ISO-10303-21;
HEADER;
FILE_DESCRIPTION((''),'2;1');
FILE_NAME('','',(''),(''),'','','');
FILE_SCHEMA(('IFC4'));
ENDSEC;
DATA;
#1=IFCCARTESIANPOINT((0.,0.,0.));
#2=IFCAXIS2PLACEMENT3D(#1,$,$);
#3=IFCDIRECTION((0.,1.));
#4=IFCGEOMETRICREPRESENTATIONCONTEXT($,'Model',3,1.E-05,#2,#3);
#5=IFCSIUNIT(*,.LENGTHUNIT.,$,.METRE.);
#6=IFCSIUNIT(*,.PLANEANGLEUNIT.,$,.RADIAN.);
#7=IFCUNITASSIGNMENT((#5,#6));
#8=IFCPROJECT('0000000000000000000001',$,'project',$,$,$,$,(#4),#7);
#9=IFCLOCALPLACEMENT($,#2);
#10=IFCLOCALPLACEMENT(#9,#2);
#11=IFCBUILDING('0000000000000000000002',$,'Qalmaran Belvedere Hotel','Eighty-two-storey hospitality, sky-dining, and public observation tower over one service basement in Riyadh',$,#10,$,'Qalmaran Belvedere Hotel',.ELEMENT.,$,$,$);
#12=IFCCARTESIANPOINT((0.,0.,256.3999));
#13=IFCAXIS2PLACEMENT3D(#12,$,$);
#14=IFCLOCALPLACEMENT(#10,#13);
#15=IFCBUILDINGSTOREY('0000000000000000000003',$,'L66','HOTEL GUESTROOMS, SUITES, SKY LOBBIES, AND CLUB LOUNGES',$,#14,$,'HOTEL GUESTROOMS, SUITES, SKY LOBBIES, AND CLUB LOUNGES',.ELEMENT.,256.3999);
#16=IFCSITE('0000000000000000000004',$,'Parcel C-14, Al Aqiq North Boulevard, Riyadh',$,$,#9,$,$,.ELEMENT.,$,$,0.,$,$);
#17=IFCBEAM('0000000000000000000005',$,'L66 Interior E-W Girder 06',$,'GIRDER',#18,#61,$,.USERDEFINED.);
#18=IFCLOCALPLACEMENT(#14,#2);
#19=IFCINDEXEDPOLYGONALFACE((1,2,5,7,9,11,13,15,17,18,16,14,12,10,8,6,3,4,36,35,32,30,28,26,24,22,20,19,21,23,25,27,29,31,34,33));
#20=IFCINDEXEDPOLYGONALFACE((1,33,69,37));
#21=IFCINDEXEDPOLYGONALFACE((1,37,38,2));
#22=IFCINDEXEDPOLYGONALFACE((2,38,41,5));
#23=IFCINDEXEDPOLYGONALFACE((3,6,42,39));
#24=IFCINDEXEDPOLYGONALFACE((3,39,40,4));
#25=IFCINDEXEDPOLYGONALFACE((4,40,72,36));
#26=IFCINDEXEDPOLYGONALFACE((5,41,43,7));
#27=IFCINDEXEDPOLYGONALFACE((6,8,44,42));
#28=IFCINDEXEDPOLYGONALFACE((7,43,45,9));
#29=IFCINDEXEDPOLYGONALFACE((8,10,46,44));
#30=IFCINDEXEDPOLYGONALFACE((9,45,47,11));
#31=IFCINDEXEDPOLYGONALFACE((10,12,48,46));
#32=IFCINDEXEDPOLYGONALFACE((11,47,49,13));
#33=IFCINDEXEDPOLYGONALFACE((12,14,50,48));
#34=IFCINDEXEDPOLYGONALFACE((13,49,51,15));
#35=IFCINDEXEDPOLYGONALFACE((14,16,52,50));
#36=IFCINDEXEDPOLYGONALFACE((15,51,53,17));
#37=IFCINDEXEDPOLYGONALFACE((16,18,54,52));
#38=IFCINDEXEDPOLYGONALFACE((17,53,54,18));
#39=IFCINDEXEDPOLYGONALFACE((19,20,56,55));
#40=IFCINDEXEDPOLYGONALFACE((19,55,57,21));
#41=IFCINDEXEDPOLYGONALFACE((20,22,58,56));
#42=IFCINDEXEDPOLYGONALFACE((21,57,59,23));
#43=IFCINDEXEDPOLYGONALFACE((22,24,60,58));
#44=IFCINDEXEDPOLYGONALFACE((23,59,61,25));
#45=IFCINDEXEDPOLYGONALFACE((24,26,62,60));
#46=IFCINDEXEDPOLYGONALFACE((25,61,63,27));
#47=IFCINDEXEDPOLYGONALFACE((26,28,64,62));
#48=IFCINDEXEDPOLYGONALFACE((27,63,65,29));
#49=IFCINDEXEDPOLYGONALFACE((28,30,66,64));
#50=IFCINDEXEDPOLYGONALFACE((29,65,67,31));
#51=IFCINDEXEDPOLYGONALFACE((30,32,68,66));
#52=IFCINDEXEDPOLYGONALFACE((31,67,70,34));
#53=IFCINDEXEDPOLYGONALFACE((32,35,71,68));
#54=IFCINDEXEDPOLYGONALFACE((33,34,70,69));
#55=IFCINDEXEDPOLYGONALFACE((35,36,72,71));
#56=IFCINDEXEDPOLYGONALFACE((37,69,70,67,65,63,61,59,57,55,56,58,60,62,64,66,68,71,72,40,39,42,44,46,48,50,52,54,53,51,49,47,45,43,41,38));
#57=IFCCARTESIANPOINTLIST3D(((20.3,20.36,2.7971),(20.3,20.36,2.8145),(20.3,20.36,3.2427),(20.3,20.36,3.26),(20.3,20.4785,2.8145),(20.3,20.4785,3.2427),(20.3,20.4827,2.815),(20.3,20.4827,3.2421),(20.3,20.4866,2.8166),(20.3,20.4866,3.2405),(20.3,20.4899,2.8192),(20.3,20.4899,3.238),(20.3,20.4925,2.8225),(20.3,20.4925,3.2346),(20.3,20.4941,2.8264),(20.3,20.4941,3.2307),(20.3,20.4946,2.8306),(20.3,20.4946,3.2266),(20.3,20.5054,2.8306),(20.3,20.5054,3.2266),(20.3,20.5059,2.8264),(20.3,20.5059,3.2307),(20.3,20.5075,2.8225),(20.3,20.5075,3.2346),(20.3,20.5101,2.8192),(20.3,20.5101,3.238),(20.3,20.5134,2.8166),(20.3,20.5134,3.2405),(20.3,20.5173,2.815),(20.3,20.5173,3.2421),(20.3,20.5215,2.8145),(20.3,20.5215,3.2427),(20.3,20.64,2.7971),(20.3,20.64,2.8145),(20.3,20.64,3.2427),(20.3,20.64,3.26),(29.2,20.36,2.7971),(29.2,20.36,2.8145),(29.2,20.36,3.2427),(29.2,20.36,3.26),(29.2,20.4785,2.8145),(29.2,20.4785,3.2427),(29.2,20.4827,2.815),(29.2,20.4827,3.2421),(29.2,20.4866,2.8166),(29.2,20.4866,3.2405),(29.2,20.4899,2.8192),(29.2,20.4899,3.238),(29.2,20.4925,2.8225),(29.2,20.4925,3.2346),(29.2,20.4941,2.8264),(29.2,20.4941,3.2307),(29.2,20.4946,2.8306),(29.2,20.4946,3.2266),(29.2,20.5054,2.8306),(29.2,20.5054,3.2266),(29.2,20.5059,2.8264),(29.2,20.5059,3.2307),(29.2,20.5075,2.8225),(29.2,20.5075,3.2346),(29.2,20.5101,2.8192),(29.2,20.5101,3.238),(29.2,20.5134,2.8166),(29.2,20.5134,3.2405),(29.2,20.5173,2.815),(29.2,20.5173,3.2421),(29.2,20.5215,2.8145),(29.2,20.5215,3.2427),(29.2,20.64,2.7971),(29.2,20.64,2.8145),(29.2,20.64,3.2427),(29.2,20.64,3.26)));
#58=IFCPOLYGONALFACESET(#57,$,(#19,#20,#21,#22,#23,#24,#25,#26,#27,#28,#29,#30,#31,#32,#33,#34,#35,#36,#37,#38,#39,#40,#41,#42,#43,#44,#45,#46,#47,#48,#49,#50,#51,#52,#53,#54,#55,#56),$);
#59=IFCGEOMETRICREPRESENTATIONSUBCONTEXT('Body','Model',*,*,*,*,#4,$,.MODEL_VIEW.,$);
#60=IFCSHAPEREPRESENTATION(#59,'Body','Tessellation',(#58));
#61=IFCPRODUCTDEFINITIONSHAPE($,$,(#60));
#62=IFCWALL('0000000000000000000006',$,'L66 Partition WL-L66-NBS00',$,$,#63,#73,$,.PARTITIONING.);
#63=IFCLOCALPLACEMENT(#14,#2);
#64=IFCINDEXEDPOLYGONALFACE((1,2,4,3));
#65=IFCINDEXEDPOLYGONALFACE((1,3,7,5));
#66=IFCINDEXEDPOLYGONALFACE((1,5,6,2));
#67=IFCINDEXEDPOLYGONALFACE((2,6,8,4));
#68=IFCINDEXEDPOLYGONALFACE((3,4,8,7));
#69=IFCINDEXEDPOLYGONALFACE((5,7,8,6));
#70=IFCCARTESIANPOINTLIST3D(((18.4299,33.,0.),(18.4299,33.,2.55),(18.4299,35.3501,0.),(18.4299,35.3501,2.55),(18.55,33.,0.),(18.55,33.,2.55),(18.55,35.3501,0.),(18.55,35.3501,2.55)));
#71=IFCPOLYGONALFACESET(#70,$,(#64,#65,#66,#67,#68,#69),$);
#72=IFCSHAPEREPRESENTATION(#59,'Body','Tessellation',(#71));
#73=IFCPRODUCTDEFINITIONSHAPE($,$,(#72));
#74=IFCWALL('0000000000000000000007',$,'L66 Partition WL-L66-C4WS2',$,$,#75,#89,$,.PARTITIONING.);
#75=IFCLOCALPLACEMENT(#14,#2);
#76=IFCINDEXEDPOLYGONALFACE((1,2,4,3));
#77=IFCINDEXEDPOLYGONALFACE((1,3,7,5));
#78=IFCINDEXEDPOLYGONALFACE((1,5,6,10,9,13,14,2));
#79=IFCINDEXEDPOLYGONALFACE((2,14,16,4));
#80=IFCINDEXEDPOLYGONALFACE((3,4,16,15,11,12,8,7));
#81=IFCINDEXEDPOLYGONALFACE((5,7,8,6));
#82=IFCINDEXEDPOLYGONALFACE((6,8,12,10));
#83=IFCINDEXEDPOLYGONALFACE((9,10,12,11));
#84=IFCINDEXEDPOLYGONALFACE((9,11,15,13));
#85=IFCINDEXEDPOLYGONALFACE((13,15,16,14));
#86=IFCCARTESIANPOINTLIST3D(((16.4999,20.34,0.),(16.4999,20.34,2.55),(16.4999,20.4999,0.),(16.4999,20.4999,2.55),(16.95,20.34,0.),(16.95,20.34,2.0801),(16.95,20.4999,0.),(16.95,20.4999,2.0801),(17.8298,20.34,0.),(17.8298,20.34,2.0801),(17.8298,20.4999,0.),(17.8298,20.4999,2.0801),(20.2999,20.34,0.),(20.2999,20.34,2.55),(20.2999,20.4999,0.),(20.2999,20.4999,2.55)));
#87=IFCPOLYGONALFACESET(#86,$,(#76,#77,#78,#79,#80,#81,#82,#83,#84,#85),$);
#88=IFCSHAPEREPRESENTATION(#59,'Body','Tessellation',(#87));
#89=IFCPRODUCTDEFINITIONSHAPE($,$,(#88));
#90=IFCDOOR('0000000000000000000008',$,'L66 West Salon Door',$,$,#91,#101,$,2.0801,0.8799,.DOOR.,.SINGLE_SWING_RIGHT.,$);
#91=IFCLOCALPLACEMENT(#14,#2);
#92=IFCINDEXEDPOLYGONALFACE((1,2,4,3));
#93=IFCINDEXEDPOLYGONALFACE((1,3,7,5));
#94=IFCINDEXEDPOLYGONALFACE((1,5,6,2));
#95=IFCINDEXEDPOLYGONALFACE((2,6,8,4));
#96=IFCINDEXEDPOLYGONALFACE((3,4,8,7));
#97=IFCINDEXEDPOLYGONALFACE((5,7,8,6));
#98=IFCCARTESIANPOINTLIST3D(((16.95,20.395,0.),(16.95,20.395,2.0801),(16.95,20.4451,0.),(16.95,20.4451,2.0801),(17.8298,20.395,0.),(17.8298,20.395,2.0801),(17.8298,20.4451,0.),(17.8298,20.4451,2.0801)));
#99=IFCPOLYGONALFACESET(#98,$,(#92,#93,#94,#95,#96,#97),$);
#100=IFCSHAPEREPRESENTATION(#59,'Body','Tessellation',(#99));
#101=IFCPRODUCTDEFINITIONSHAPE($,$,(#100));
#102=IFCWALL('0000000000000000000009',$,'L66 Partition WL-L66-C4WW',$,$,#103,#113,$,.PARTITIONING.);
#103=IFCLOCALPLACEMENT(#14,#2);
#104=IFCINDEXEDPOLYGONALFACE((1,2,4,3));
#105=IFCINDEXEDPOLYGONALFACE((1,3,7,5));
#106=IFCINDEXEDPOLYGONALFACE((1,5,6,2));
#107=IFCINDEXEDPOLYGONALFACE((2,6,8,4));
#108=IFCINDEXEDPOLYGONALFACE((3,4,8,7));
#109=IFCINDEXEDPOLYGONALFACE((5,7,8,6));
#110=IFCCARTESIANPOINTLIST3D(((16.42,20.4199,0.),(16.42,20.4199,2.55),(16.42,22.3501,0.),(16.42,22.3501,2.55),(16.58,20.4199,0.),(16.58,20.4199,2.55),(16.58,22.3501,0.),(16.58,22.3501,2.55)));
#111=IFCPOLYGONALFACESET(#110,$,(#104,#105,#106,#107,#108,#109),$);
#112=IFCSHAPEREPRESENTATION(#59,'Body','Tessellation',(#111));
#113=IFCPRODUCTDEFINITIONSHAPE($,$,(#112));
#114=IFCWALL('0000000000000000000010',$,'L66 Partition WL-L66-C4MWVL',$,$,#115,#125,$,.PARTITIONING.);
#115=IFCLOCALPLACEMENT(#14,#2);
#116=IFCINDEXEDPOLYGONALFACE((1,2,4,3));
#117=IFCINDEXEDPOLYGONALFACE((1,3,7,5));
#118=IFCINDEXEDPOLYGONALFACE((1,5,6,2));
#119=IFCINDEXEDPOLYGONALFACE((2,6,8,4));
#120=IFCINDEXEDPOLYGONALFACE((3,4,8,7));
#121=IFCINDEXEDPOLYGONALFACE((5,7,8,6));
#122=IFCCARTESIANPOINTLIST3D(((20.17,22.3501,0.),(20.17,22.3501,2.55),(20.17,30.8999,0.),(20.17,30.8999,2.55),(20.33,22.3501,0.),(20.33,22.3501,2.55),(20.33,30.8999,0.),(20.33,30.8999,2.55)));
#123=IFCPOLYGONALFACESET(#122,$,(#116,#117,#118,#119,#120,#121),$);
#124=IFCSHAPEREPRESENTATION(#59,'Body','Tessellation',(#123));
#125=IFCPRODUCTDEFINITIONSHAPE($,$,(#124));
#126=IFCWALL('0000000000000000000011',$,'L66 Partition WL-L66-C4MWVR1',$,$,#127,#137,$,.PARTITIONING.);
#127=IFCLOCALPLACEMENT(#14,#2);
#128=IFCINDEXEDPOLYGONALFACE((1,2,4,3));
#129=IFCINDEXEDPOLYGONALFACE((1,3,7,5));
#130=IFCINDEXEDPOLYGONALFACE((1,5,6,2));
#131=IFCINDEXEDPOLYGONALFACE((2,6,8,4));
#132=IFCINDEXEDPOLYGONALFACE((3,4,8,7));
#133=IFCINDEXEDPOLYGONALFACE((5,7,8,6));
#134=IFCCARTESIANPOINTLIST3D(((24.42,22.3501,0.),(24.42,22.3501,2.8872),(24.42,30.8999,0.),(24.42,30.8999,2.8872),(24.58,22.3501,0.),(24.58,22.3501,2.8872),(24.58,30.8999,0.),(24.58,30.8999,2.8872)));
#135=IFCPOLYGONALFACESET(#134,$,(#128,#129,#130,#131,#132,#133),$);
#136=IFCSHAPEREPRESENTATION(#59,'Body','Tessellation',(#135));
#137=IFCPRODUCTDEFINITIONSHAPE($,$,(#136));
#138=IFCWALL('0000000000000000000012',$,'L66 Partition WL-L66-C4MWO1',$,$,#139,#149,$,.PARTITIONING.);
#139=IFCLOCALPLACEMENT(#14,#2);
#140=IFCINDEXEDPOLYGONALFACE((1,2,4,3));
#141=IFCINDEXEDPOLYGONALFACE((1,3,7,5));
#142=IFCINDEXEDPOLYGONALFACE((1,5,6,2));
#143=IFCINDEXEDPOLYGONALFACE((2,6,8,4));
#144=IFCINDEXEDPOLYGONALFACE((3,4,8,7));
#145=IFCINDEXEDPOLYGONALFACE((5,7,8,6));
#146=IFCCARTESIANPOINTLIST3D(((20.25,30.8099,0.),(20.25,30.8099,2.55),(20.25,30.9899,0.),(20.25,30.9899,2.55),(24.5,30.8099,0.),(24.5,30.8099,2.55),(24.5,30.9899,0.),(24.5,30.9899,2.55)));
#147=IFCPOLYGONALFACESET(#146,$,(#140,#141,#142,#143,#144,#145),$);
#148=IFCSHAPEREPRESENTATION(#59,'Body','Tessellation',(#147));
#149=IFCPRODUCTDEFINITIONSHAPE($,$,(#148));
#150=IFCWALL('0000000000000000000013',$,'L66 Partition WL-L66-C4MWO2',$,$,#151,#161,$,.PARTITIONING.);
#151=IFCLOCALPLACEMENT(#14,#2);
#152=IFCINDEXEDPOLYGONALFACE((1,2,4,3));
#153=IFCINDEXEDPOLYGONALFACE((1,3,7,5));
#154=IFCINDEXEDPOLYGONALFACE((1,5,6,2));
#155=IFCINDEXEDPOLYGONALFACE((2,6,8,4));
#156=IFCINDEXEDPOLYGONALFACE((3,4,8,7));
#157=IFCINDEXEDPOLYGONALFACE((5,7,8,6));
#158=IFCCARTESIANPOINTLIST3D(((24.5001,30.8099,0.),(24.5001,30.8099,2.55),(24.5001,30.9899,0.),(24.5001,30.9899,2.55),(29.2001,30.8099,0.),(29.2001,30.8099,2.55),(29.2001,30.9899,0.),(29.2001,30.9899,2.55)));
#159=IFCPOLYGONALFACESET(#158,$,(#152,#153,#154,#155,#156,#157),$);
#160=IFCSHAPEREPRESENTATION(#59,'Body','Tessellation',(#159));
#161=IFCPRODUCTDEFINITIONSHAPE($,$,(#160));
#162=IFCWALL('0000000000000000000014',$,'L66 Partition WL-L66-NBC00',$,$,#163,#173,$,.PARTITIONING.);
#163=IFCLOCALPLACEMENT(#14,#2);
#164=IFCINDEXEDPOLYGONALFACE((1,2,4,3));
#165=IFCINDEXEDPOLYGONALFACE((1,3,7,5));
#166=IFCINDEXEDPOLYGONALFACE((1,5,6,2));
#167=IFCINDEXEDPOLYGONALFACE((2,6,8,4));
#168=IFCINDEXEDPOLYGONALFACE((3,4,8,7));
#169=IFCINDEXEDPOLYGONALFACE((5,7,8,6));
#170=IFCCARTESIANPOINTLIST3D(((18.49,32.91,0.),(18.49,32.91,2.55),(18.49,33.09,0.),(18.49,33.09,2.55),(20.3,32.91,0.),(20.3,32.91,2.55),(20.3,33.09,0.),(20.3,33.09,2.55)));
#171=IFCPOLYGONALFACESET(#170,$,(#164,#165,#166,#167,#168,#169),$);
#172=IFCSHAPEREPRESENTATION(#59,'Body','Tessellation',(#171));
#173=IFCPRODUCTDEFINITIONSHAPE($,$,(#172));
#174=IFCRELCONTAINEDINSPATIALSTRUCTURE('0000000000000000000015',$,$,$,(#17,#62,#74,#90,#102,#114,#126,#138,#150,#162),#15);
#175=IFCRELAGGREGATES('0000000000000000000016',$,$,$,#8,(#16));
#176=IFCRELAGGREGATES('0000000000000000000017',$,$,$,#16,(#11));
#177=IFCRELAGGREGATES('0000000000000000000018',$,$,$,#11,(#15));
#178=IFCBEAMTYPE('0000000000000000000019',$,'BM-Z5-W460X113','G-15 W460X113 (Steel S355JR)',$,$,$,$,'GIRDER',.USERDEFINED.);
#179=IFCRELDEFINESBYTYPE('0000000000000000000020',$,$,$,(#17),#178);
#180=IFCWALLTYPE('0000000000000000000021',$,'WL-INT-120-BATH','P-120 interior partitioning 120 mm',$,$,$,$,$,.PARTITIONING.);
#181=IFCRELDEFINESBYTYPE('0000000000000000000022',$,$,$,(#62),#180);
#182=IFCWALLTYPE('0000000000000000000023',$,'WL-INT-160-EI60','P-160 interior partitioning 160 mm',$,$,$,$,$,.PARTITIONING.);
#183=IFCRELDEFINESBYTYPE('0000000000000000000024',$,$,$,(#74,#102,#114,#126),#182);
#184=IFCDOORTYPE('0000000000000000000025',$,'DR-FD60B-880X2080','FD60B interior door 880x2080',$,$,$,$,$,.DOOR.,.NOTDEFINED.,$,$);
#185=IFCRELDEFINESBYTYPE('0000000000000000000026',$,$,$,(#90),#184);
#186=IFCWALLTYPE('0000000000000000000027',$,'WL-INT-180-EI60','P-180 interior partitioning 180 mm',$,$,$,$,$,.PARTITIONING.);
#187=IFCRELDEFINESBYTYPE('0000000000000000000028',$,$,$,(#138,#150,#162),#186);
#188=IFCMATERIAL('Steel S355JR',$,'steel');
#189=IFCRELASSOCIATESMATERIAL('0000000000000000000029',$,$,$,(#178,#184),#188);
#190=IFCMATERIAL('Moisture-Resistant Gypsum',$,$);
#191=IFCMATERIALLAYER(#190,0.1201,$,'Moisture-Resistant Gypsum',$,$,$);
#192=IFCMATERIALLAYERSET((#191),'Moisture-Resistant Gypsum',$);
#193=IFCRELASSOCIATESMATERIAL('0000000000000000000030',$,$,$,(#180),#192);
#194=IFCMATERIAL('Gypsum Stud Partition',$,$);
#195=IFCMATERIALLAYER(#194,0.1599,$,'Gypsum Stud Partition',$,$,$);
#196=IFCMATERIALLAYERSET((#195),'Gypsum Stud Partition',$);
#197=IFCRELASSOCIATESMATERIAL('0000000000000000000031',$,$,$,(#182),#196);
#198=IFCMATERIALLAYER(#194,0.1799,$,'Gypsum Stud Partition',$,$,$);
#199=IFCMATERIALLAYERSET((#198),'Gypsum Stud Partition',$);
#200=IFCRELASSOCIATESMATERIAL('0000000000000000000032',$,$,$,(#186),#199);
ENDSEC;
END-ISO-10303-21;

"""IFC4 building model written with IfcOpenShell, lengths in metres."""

from ifc_helpers import new_model, si_unit, direction, frame, frame_2d, origin, origin_2d, place, context, subcontext, project, spatial, rectangle, i_section, extrude, material, layer, layer_set, material_profile, profile_set, type_object, element, fill, save


model = new_model("IFC4")

# Units and contexts
model_context = context("Model", 3, precision=1e-05, world=origin(), true_north=direction((0.0, 1.0)))
body_context = subcontext(model_context, "Body", "Model", "MODEL_VIEW")
ifc_project = project(units=[si_unit("LENGTHUNIT", "METRE"), si_unit("PLANEANGLEUNIT", "RADIAN")], contexts=[model_context])

# Site, building, storey
site_placement = place(None, origin())
site = spatial("IfcSite", under=ifc_project, at=site_placement, Name="Parcel C-14, Al Aqiq North Boulevard, Riyadh", CompositionType="ELEMENT", RefElevation=0.0)
building_placement = place(site_placement, origin())
building = spatial("IfcBuilding", under=site, at=building_placement, Name="Qalmaran Belvedere Hotel", Description="Eighty-two-storey hospitality, sky-dining, and public observation tower over one service basement in Riyadh", LongName="Qalmaran Belvedere Hotel", CompositionType="ELEMENT")
storey_placement = place(building_placement, frame((0.0, 0.0, 256.3999)))
storey = spatial("IfcBuildingStorey", under=building, at=storey_placement, Name="L66", Description="HOTEL GUESTROOMS, SUITES, SKY LOBBIES, AND CLUB LOUNGES", LongName="HOTEL GUESTROOMS, SUITES, SKY LOBBIES, AND CLUB LOUNGES", CompositionType="ELEMENT", Elevation=256.3999)

# Beam
ifc_material_1 = material(Name="Steel S355JR", Category="steel")
ifc_material_profile_1 = material_profile(ifc_material_1, i_section(OverallWidth=0.28, OverallDepth=0.4629, WebThickness=0.0107, FlangeThickness=0.0173, FilletRadius=0.0161, at=origin_2d()), Name="W460X113")
ifc_profile_set_1 = profile_set([ifc_material_profile_1], Name="Steel S355JR")
beam_type_1 = type_object("IfcBeamType", Name="BM-Z5-W460X113", Description="G-15 W460X113 (Steel S355JR)", ElementType="GIRDER", PredefinedType="USERDEFINED", material=ifc_profile_set_1)
beam_1_placement = place(storey_placement, frame((20.3, 20.5, 3.0286), z_axis=(1.0, 0.0, 0.0), x_axis=(0.0, 1.0, 0.0)))
element("IfcBeam", 1, at=beam_1_placement, inside=storey, type_object=beam_type_1, Name="L66 Interior E-W Girder 06", ObjectType="GIRDER", PredefinedType="USERDEFINED", context=body_context, shape_type="SweptSolid", body=[
    extrude(i_section(OverallWidth=0.28, OverallDepth=0.4629, WebThickness=0.0107, FlangeThickness=0.0173, FilletRadius=0.0161, at=origin_2d()), origin(), (0.0, 0.0, 1.0), 8.8999),
])

# Wall
ifc_material_2 = material(Name="Moisture-Resistant Gypsum")
ifc_layer_1 = layer(ifc_material_2, 0.1201, Name="Moisture-Resistant Gypsum")
ifc_layer_set_1 = layer_set([ifc_layer_1], Name="Moisture-Resistant Gypsum")
wall_type_1 = type_object("IfcWallType", Name="WL-INT-120-BATH", Description="P-120 interior partitioning 120 mm", PredefinedType="PARTITIONING", material=ifc_layer_set_1)
wall_1_placement = place(storey_placement, frame((18.49, 33.0, 0.0), z_axis=(0.0, 0.0, 1.0), x_axis=(0.0, 1.0, 0.0)))
element("IfcWall", 2, at=wall_1_placement, inside=storey, type_object=wall_type_1, Name="L66 Partition WL-L66-NBS00", PredefinedType="PARTITIONING", context=body_context, shape_type="SweptSolid", body=[
    extrude(rectangle(XDim=2.3501, YDim=0.1201, at=frame_2d((1.175, 0.0))), origin(), (0.0, 0.0, 1.0), 2.55),
])

# Wall, opening, door
ifc_material_3 = material(Name="Gypsum Stud Partition")
ifc_layer_2 = layer(ifc_material_3, 0.1599, Name="Gypsum Stud Partition")
ifc_layer_set_2 = layer_set([ifc_layer_2], Name="Gypsum Stud Partition")
wall_type_2 = type_object("IfcWallType", Name="WL-INT-160-EI60", Description="P-160 interior partitioning 160 mm", PredefinedType="PARTITIONING", material=ifc_layer_set_2)
wall_2_placement = place(storey_placement, frame((16.5, 20.4199, 0.0), z_axis=(0.0, 0.0, 1.0), x_axis=(1.0, 0.0, 0.0)))
wall_2 = element("IfcWall", 3, at=wall_2_placement, inside=storey, type_object=wall_type_2, Name="L66 Partition WL-L66-C4WS2", PredefinedType="PARTITIONING", context=body_context, shape_type="SweptSolid", body=[
    extrude(rectangle(XDim=3.8, YDim=0.1599, at=frame_2d((1.8999, 0.0))), origin(), (0.0, 0.0, 1.0), 2.55),
])
opening_1_placement = place(wall_2_placement, frame((1.3298, 0.0, 0.0), z_axis=(0.0, 0.0, 1.0), x_axis=(-1.0, 0.0, 0.0)))
opening_1 = element("IfcOpeningElement", 4, at=opening_1_placement, cuts=wall_2, PredefinedType="OPENING", context=body_context, shape_type="SweptSolid", body=[
    extrude(rectangle(XDim=0.8799, YDim=2.0801, at=frame_2d((0.4399, 1.04))), frame((0.0, 0.0898, 0.0), z_axis=(0.0, -1.0, 0.0), x_axis=(1.0, 0.0, 0.0)), (0.0, 0.0, 1.0), 0.1799),
])
door_type_1 = type_object("IfcDoorType", Name="DR-FD60B-880X2080", Description="FD60B interior door 880x2080", OperationType="NOTDEFINED", PredefinedType="DOOR", material=ifc_material_1)
door_1_placement = place(opening_1_placement, origin())
door_1 = element("IfcDoor", 5, at=door_1_placement, inside=storey, type_object=door_type_1, Name="L66 West Salon Door", OperationType="SINGLE_SWING_RIGHT", OverallHeight=2.0801, OverallWidth=0.8799, PredefinedType="DOOR", context=body_context, shape_type="SweptSolid", body=[
    extrude(rectangle(XDim=0.8799, YDim=2.0801, at=frame_2d((0.4399, 1.04))), frame((0.0, 0.0249, 0.0), z_axis=(0.0, -1.0, 0.0), x_axis=(1.0, 0.0, 0.0)), (0.0, 0.0, 1.0), 0.05),
])
fill(opening_1, door_1)

# Walls
wall_3_placement = place(storey_placement, frame((16.5, 20.4199, 0.0), z_axis=(0.0, 0.0, 1.0), x_axis=(0.0, 1.0, 0.0)))
element("IfcWall", 6, at=wall_3_placement, inside=storey, type_object=wall_type_2, Name="L66 Partition WL-L66-C4WW", PredefinedType="PARTITIONING", context=body_context, shape_type="SweptSolid", body=[
    extrude(rectangle(XDim=1.9302, YDim=0.1599, at=frame_2d((0.9651, 0.0))), origin(), (0.0, 0.0, 1.0), 2.55),
])
wall_4_placement = place(storey_placement, frame((20.25, 22.3501, 0.0), z_axis=(0.0, 0.0, 1.0), x_axis=(0.0, 1.0, 0.0)))
element("IfcWall", 7, at=wall_4_placement, inside=storey, type_object=wall_type_2, Name="L66 Partition WL-L66-C4MWVL", PredefinedType="PARTITIONING", context=body_context, shape_type="SweptSolid", body=[
    extrude(rectangle(XDim=8.5498, YDim=0.1599, at=frame_2d((4.2749, 0.0))), origin(), (0.0, 0.0, 1.0), 2.55),
])
wall_5_placement = place(storey_placement, frame((24.5, 22.3501, 0.0), z_axis=(0.0, 0.0, 1.0), x_axis=(0.0, 1.0, 0.0)))
element("IfcWall", 8, at=wall_5_placement, inside=storey, type_object=wall_type_2, Name="L66 Partition WL-L66-C4MWVR1", PredefinedType="PARTITIONING", context=body_context, shape_type="SweptSolid", body=[
    extrude(rectangle(XDim=8.5498, YDim=0.1599, at=frame_2d((4.2749, 0.0))), origin(), (0.0, 0.0, 1.0), 2.8872),
])

# Shared definitions
ifc_layer_3 = layer(ifc_material_3, 0.1799, Name="Gypsum Stud Partition")
ifc_layer_set_3 = layer_set([ifc_layer_3], Name="Gypsum Stud Partition")
wall_type_3 = type_object("IfcWallType", Name="WL-INT-180-EI60", Description="P-180 interior partitioning 180 mm", PredefinedType="PARTITIONING", material=ifc_layer_set_3)

# Wall
wall_6_placement = place(storey_placement, frame((20.25, 30.8999, 0.0), z_axis=(0.0, 0.0, 1.0), x_axis=(1.0, 0.0, 0.0)))
element("IfcWall", 9, at=wall_6_placement, inside=storey, type_object=wall_type_3, Name="L66 Partition WL-L66-C4MWO1", PredefinedType="PARTITIONING", context=body_context, shape_type="SweptSolid", body=[
    extrude(rectangle(XDim=4.25, YDim=0.1799, at=frame_2d((2.125, 0.0))), origin(), (0.0, 0.0, 1.0), 2.55),
])

# Walls
wall_7_placement = place(storey_placement, frame((24.5, 30.8999, 0.0), z_axis=(0.0, 0.0, 1.0), x_axis=(1.0, 0.0, 0.0)))
element("IfcWall", 10, at=wall_7_placement, inside=storey, type_object=wall_type_3, Name="L66 Partition WL-L66-C4MWO2", PredefinedType="PARTITIONING", context=body_context, shape_type="SweptSolid", body=[
    extrude(rectangle(XDim=4.7, YDim=0.1799, at=frame_2d((2.3501, 0.0))), origin(), (0.0, 0.0, 1.0), 2.55),
])
wall_8_placement = place(storey_placement, frame((18.49, 33.0, 0.0), z_axis=(0.0, 0.0, 1.0), x_axis=(1.0, 0.0, 0.0)))
element("IfcWall", 11, at=wall_8_placement, inside=storey, type_object=wall_type_3, Name="L66 Partition WL-L66-NBC00", PredefinedType="PARTITIONING", context=body_context, shape_type="SweptSolid", body=[
    extrude(rectangle(XDim=1.8101, YDim=0.1799, at=frame_2d((0.905, 0.0))), origin(), (0.0, 0.0, 1.0), 2.55),
])

save(model, "model.ifc")
